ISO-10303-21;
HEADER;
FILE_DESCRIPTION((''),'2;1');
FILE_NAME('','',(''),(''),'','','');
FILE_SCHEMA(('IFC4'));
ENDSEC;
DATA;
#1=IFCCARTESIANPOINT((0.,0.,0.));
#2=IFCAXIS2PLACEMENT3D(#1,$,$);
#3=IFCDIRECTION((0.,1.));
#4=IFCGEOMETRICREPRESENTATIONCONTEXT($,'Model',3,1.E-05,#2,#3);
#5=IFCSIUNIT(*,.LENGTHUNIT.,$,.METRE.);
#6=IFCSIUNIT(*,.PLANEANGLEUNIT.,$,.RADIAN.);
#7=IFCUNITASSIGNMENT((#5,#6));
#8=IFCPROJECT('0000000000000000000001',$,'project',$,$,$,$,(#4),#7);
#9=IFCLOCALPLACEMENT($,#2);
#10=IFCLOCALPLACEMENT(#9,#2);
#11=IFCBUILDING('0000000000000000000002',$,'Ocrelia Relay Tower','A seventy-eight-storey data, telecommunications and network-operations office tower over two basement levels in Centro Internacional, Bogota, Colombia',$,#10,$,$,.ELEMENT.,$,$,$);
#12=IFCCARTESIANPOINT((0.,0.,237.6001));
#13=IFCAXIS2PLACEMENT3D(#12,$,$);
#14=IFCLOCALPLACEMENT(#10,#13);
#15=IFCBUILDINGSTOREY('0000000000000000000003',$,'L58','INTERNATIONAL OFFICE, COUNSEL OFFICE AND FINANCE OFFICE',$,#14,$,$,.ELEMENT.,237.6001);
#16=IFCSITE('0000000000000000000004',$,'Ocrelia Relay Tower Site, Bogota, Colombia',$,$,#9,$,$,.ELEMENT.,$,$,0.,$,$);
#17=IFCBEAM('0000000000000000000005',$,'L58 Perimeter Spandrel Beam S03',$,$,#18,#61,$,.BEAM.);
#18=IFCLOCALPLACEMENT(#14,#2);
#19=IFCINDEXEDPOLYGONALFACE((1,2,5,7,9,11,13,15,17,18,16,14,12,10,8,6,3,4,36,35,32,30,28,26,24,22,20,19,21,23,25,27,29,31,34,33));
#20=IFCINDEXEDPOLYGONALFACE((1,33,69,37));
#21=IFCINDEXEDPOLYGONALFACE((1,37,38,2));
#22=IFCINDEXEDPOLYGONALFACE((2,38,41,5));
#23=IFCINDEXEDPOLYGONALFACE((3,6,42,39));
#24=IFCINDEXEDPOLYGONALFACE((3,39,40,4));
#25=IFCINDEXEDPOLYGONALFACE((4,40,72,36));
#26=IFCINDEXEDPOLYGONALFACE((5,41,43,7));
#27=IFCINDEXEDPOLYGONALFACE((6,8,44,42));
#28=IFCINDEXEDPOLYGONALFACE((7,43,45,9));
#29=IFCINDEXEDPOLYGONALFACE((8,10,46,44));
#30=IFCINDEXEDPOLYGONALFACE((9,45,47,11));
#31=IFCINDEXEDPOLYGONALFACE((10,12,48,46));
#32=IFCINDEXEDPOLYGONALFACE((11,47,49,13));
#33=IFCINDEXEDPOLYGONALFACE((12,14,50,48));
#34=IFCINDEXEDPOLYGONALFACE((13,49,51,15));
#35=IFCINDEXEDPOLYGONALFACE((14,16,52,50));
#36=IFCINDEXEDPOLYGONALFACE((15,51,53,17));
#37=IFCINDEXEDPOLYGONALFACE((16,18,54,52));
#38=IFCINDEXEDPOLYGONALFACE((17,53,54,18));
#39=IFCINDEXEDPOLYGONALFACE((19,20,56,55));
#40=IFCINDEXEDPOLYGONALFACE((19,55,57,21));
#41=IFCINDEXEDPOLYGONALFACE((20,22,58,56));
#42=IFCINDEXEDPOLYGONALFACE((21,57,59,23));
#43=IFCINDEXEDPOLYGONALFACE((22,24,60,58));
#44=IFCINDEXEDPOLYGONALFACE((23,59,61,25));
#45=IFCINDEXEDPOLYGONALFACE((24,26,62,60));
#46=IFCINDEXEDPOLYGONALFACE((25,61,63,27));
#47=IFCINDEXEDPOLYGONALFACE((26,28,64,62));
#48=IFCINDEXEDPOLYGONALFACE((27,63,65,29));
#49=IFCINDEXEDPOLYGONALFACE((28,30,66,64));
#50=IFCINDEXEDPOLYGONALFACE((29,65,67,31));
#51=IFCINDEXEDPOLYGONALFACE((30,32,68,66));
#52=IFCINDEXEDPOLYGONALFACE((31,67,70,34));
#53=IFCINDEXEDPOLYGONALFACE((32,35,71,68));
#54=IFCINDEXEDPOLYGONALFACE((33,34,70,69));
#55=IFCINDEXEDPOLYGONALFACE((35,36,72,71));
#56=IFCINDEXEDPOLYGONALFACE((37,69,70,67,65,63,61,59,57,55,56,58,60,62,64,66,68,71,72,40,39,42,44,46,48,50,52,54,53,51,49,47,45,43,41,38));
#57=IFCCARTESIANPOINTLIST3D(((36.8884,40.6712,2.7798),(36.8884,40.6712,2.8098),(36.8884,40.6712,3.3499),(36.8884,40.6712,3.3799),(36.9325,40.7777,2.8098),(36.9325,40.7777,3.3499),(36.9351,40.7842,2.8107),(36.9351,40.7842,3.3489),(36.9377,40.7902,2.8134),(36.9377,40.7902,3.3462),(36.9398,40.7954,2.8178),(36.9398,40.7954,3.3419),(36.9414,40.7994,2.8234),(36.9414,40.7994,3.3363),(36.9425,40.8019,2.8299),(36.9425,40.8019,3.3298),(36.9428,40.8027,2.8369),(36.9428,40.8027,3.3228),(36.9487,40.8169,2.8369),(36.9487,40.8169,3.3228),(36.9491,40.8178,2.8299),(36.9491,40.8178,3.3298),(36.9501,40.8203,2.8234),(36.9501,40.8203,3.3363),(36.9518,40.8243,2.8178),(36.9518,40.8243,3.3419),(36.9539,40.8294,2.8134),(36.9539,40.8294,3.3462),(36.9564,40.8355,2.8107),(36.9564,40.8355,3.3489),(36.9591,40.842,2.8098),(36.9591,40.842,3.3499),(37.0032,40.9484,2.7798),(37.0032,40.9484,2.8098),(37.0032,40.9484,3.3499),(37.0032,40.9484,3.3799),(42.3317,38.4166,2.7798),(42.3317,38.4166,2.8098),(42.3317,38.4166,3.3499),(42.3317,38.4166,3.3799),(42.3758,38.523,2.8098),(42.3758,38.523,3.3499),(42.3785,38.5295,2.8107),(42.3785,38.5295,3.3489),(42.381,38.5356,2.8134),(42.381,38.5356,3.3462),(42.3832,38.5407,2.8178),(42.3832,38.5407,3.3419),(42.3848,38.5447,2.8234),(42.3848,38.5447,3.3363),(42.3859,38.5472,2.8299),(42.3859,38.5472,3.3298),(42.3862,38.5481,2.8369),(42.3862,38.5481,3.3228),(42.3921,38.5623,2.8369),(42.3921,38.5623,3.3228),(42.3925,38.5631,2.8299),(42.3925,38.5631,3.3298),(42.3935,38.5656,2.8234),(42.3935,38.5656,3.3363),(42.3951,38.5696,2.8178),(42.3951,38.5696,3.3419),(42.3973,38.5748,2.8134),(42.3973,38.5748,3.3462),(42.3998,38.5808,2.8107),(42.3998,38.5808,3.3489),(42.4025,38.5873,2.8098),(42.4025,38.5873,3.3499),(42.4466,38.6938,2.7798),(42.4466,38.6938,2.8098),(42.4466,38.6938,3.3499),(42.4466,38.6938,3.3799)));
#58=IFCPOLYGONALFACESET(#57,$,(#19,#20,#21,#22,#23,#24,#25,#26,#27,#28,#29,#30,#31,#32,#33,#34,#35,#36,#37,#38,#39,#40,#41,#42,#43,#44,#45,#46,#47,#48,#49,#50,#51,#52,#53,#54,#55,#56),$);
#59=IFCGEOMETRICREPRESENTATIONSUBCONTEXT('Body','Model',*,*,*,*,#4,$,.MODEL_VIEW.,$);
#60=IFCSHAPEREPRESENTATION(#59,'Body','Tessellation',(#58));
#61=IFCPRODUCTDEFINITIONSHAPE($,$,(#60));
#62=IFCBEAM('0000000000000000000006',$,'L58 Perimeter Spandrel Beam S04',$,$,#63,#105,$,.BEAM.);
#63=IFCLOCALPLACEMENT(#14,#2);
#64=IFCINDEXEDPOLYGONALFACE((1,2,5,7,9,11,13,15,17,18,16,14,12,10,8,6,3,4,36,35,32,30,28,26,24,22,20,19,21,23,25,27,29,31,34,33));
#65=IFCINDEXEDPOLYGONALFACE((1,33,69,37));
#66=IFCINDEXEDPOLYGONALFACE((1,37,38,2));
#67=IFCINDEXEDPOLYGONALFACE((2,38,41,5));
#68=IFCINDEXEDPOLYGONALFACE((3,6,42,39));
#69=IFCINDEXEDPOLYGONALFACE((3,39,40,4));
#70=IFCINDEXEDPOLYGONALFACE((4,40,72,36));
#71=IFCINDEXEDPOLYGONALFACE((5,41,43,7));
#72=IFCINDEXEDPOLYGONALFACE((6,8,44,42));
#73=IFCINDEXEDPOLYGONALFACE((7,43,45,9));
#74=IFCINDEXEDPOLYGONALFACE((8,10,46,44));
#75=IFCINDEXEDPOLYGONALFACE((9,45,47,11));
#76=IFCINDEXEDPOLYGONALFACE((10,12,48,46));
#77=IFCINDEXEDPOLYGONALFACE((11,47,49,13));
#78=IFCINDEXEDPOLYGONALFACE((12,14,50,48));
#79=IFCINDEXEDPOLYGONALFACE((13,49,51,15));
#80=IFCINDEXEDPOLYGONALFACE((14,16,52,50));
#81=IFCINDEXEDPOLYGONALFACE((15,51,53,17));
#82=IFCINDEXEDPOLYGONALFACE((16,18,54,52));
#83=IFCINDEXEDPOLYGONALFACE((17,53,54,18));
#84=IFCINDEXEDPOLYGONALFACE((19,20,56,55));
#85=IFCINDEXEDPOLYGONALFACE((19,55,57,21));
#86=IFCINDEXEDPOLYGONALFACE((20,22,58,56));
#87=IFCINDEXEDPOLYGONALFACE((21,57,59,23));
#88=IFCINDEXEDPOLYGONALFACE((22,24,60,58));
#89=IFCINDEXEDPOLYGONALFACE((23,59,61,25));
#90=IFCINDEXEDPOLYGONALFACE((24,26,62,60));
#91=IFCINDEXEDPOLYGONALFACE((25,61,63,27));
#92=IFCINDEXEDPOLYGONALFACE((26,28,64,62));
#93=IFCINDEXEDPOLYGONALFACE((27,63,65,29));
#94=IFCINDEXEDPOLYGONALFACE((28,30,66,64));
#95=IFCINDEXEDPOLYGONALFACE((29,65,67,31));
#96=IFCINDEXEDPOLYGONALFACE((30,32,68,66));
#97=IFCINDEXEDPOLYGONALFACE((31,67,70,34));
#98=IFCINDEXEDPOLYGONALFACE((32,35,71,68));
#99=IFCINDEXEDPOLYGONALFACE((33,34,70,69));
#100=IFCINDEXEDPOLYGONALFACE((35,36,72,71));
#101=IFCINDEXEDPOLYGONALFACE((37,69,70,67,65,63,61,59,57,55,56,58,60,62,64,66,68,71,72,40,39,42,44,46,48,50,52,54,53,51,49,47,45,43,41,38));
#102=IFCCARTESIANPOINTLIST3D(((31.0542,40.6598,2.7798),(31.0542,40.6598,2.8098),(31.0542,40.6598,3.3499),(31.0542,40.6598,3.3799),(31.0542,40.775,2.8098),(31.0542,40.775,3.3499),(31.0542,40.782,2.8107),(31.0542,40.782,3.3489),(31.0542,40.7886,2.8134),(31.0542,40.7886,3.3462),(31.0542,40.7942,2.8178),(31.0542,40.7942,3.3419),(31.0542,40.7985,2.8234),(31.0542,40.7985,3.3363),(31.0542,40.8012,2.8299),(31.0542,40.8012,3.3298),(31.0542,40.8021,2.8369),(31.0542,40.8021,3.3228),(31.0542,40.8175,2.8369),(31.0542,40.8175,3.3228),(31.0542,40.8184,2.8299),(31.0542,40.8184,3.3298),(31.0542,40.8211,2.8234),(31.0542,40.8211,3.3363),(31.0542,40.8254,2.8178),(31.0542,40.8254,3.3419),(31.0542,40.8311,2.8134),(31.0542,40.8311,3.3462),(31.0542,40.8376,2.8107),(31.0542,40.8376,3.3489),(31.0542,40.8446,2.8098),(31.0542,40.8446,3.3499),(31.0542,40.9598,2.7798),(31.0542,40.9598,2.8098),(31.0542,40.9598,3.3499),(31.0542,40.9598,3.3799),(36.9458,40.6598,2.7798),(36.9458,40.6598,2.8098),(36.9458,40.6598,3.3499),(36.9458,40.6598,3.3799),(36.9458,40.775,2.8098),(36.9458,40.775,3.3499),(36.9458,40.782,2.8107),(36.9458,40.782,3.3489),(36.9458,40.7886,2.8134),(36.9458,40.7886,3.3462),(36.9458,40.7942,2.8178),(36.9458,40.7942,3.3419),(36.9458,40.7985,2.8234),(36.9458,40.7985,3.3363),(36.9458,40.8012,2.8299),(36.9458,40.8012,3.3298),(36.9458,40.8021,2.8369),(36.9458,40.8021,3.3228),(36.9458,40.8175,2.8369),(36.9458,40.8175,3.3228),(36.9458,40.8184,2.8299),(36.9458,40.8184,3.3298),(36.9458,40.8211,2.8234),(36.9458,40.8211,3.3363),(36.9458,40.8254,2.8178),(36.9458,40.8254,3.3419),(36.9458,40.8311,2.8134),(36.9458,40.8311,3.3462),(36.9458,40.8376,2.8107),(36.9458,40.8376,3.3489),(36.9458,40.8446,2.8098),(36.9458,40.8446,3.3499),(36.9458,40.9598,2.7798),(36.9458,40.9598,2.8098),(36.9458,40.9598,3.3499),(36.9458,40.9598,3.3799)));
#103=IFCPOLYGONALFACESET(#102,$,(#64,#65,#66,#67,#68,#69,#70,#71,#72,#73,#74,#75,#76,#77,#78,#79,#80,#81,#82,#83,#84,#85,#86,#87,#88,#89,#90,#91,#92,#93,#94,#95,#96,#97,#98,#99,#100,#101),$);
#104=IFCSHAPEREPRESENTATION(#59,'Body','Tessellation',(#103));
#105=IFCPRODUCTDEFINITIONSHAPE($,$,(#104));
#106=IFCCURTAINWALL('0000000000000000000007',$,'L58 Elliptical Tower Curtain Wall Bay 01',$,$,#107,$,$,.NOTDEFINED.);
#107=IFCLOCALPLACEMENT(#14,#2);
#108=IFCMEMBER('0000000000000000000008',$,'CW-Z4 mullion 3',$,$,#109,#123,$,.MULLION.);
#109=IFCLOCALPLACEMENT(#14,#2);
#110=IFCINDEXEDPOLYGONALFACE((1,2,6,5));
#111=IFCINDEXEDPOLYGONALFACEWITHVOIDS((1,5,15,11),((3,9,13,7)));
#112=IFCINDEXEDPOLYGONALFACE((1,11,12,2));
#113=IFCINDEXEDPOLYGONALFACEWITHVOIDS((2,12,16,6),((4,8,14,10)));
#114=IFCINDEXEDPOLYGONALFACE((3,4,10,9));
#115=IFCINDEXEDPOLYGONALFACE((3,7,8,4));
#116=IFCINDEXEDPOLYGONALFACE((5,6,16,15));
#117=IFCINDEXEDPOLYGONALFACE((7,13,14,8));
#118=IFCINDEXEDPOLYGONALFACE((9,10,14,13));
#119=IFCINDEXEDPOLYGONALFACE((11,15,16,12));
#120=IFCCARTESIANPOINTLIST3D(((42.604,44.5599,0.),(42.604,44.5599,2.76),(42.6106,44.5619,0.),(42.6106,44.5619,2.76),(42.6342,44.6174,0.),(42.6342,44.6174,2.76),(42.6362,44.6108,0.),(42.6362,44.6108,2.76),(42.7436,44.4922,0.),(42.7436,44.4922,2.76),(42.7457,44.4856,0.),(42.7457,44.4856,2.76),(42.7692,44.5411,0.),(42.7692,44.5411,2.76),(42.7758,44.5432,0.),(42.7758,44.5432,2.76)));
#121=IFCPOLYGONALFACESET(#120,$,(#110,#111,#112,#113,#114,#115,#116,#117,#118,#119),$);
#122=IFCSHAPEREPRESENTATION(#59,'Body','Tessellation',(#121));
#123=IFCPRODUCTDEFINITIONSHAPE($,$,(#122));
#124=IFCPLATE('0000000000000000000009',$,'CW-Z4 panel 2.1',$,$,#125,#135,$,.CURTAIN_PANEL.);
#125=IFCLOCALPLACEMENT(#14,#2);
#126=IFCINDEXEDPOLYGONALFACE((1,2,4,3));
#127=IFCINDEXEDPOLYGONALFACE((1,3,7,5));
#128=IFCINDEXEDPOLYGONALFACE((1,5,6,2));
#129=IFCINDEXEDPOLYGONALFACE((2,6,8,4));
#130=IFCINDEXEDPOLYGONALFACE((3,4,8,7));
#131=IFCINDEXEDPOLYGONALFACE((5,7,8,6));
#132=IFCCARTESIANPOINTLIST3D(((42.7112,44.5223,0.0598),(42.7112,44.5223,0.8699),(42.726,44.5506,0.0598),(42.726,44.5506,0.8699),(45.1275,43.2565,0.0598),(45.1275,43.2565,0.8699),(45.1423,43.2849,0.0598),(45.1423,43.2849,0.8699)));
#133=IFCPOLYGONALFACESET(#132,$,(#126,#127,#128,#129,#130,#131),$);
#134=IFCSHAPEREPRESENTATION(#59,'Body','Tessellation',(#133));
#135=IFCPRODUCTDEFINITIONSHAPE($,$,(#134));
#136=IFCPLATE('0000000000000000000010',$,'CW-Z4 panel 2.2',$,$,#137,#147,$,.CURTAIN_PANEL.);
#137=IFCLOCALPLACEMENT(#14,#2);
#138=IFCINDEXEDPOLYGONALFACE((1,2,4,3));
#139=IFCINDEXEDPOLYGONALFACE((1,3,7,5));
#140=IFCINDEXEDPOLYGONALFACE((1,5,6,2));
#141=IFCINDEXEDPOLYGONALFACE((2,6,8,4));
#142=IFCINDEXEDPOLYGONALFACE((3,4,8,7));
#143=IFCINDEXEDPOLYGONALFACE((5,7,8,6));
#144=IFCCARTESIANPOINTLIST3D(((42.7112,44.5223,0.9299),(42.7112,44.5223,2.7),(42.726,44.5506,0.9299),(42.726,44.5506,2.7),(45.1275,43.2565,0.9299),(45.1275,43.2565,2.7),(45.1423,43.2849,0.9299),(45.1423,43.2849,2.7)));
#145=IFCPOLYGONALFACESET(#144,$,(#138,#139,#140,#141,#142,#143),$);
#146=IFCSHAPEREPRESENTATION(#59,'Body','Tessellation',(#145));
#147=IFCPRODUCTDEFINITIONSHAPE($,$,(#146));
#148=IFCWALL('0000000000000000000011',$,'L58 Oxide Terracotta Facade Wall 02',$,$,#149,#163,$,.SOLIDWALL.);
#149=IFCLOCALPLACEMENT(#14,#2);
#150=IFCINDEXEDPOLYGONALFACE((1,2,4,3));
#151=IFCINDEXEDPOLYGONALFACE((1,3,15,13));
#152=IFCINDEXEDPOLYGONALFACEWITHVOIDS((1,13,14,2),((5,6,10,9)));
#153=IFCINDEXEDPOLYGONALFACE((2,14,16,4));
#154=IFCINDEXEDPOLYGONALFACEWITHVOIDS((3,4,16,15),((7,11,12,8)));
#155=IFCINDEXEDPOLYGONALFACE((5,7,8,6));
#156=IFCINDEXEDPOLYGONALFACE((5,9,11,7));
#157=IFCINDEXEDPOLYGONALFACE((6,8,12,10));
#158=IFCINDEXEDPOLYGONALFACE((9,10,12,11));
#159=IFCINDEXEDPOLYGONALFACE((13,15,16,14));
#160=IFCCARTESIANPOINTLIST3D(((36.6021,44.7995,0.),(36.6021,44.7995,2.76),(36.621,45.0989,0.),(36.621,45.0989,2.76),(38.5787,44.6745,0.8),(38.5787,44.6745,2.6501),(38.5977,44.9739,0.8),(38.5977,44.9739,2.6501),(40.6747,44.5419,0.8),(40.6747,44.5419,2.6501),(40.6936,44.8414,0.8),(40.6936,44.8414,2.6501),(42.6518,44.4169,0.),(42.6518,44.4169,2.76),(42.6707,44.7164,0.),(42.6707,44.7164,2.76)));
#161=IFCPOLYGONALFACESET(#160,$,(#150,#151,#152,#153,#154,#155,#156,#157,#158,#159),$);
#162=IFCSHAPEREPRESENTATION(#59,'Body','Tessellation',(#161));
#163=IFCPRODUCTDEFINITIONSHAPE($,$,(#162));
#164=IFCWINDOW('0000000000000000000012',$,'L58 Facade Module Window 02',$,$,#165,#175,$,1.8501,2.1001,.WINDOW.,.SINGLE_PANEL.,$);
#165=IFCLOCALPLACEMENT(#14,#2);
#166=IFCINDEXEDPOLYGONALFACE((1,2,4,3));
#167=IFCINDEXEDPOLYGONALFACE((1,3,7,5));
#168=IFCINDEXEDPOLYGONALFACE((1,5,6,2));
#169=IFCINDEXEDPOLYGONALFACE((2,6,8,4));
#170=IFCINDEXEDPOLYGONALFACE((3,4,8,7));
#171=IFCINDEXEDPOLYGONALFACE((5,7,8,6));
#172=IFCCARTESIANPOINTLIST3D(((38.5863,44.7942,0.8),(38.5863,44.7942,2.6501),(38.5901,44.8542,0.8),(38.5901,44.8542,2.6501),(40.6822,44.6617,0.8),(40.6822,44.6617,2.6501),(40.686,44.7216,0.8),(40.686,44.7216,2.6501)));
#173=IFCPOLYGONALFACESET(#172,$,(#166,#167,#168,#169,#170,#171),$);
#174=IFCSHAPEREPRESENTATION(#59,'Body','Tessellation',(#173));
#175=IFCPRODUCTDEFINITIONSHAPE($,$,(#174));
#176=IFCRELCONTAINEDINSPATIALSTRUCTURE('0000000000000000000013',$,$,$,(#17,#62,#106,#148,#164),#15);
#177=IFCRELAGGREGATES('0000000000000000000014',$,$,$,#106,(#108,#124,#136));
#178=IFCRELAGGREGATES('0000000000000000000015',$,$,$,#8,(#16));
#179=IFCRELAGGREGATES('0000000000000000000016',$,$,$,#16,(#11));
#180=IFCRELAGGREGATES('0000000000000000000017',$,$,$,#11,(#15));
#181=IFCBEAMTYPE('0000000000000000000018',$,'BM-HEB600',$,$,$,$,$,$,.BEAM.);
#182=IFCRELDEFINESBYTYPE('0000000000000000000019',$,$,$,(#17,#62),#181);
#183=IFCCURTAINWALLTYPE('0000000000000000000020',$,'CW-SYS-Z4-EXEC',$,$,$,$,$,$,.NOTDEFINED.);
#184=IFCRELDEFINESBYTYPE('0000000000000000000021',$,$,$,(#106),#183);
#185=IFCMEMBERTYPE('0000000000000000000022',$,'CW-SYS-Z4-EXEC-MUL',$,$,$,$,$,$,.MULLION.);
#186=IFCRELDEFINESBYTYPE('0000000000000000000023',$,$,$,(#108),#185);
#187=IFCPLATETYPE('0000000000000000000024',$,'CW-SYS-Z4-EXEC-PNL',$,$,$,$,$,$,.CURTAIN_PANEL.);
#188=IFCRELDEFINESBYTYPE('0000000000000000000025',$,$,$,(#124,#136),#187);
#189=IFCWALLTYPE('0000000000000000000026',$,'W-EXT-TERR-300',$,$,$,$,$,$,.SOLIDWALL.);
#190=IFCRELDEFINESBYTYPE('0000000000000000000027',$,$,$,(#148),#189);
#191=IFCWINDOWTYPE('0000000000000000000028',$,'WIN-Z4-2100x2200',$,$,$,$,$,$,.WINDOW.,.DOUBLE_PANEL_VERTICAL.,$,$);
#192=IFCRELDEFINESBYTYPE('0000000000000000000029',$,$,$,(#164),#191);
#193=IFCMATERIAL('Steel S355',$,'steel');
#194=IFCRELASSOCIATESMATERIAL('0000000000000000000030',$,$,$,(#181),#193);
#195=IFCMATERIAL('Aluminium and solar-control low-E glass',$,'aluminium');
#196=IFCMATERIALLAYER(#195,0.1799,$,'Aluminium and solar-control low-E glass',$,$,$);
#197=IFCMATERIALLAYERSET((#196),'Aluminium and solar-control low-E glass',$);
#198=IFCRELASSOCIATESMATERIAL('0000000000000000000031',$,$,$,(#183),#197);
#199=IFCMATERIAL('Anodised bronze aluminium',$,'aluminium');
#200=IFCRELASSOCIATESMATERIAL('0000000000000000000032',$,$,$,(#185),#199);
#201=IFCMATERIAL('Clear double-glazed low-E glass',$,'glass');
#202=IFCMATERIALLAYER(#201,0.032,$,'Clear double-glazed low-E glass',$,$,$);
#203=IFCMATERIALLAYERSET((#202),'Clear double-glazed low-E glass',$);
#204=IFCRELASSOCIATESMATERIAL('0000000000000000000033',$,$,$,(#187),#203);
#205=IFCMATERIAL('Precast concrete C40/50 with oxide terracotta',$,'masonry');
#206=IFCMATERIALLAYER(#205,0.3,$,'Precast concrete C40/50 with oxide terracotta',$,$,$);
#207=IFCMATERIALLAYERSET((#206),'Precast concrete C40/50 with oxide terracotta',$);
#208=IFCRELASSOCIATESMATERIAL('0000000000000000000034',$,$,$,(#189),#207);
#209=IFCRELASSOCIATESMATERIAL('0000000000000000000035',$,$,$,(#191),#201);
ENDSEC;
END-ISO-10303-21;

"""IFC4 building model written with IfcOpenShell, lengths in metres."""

from ifc_helpers import new_model, si_unit, direction, frame, frame_2d, origin, origin_2d, place, context, subcontext, project, spatial, rectangle, hollow_rectangle, i_section, extrude, material, layer, layer_set, material_profile, profile_set, type_object, element, fill, aggregate, save


model = new_model("IFC4")

# Units and contexts
model_context = context("Model", 3, precision=1e-05, world=origin(), true_north=direction((0.0, 1.0)))
body_context = subcontext(model_context, "Body", "Model", "MODEL_VIEW")
ifc_project = project(units=[si_unit("LENGTHUNIT", "METRE"), si_unit("PLANEANGLEUNIT", "RADIAN")], contexts=[model_context])

# Site, building, storey
site_placement = place(None, origin())
site = spatial("IfcSite", under=ifc_project, at=site_placement, Name="Ocrelia Relay Tower Site, Bogota, Colombia", CompositionType="ELEMENT", RefElevation=0.0)
building_placement = place(site_placement, origin())
building = spatial("IfcBuilding", under=site, at=building_placement, Name="Ocrelia Relay Tower", Description="A seventy-eight-storey data, telecommunications and network-operations office tower over two basement levels in Centro Internacional, Bogota, Colombia", CompositionType="ELEMENT")
storey_placement = place(building_placement, frame((0.0, 0.0, 237.6001)))
storey = spatial("IfcBuildingStorey", under=building, at=storey_placement, Name="L58", Description="INTERNATIONAL OFFICE, COUNSEL OFFICE AND FINANCE OFFICE", CompositionType="ELEMENT", Elevation=237.6001)

# Beams
ifc_material_1 = material(Name="Steel S355", Category="steel")
ifc_material_profile_1 = material_profile(ifc_material_1, i_section(OverallWidth=0.3, OverallDepth=0.6001, WebThickness=0.0154, FlangeThickness=0.03, FilletRadius=0.0271, at=origin_2d()), Name="HEB 600")
ifc_profile_set_1 = profile_set([ifc_material_profile_1], Name="Steel S355")
beam_type_1 = type_object("IfcBeamType", Name="BM-HEB600", PredefinedType="BEAM", material=ifc_profile_set_1)
beam_1_placement = place(storey_placement, frame((42.3892, 38.5552, 3.0798), z_axis=(-0.923884, 0.382673, 0.0), x_axis=(-0.382673, -0.923884, 0.0)))
element("IfcBeam", 1, at=beam_1_placement, inside=storey, type_object=beam_type_1, Name="L58 Perimeter Spandrel Beam S03", PredefinedType="BEAM", context=body_context, shape_type="SweptSolid", body=[
    extrude(i_section(OverallWidth=0.3, OverallDepth=0.6001, WebThickness=0.0154, FlangeThickness=0.03, FilletRadius=0.0271, at=origin_2d()), origin(), (0.0, 0.0, 1.0), 5.8918),
])
beam_2_placement = place(storey_placement, frame((36.9458, 40.8098, 3.0798), z_axis=(-1.0, 0.0, 0.0), x_axis=(0.0, -1.0, 0.0)))
element("IfcBeam", 2, at=beam_2_placement, inside=storey, type_object=beam_type_1, Name="L58 Perimeter Spandrel Beam S04", PredefinedType="BEAM", context=body_context, shape_type="SweptSolid", body=[
    extrude(i_section(OverallWidth=0.3, OverallDepth=0.6001, WebThickness=0.0154, FlangeThickness=0.03, FilletRadius=0.0271, at=origin_2d()), origin(), (0.0, 0.0, 1.0), 5.8916),
])

# Curtain wall, member, plates
ifc_material_2 = material(Name="Aluminium and solar-control low-E glass", Category="aluminium")
ifc_layer_1 = layer(ifc_material_2, 0.1799, Name="Aluminium and solar-control low-E glass")
ifc_layer_set_1 = layer_set([ifc_layer_1], Name="Aluminium and solar-control low-E glass")
curtain_wall_type = type_object("IfcCurtainWallType", Name="CW-SYS-Z4-EXEC", PredefinedType="NOTDEFINED", material=ifc_layer_set_1)
curtain_wall_placement = place(storey_placement, origin())
curtain_wall = element("IfcCurtainWall", 3, at=curtain_wall_placement, inside=storey, type_object=curtain_wall_type, Name="L58 Elliptical Tower Curtain Wall Bay 01", PredefinedType="NOTDEFINED")
ifc_material_3 = material(Name="Anodised bronze aluminium", Category="aluminium")
ifc_material_profile_2 = material_profile(ifc_material_3, hollow_rectangle(XDim=0.0649, YDim=0.1599, WallThickness=0.0049, at=origin_2d()), Name="CW-MUL-160x65")
ifc_profile_set_2 = profile_set([ifc_material_profile_2], Name="Anodised bronze aluminium")
member_type = type_object("IfcMemberType", Name="CW-SYS-Z4-EXEC-MUL", PredefinedType="MULLION", material=ifc_profile_set_2)
member_placement = place(storey_placement, frame((42.6899, 44.5515, 0.0), z_axis=(0.0, 0.0, 1.0), x_axis=(-0.464025, -0.885822, 0.0)))
member = element("IfcMember", 4, at=member_placement, type_object=member_type, Name="CW-Z4 mullion 3", PredefinedType="MULLION", context=body_context, shape_type="SweptSolid", body=[
    extrude(hollow_rectangle(XDim=0.0649, YDim=0.1599, WallThickness=0.0049, at=origin_2d()), origin(), (0.0, 0.0, 1.0), 2.76),
])
ifc_material_4 = material(Name="Clear double-glazed low-E glass", Category="glass")
ifc_layer_2 = layer(ifc_material_4, 0.032, Name="Clear double-glazed low-E glass")
ifc_layer_set_2 = layer_set([ifc_layer_2], Name="Clear double-glazed low-E glass")
plate_type = type_object("IfcPlateType", Name="CW-SYS-Z4-EXEC-PNL", PredefinedType="CURTAIN_PANEL", material=ifc_layer_set_2)
plate_1_placement = place(storey_placement, frame((43.9268, 43.9036, 0.0598), z_axis=(0.0, 0.0, 1.0), x_axis=(-0.885822, 0.464025, 0.0)))
plate_1 = element("IfcPlate", 5, at=plate_1_placement, type_object=plate_type, Name="CW-Z4 panel 2.1", PredefinedType="CURTAIN_PANEL", context=body_context, shape_type="SweptSolid", body=[
    extrude(rectangle(XDim=2.7278, YDim=0.032, at=origin_2d()), origin(), (0.0, 0.0, 1.0), 0.8101),
])
plate_2_placement = place(storey_placement, frame((43.9268, 43.9036, 0.9299), z_axis=(0.0, 0.0, 1.0), x_axis=(-0.885822, 0.464025, 0.0)))
plate_2 = element("IfcPlate", 6, at=plate_2_placement, type_object=plate_type, Name="CW-Z4 panel 2.2", PredefinedType="CURTAIN_PANEL", context=body_context, shape_type="SweptSolid", body=[
    extrude(rectangle(XDim=2.7278, YDim=0.032, at=origin_2d()), origin(), (0.0, 0.0, 1.0), 1.77),
])
aggregate(curtain_wall, [member, plate_1, plate_2])

# Wall, opening, window
ifc_material_5 = material(Name="Precast concrete C40/50 with oxide terracotta", Category="masonry")
ifc_layer_3 = layer(ifc_material_5, 0.3, Name="Precast concrete C40/50 with oxide terracotta")
ifc_layer_set_3 = layer_set([ifc_layer_3], Name="Precast concrete C40/50 with oxide terracotta")
wall_type_1 = type_object("IfcWallType", Name="W-EXT-TERR-300", PredefinedType="SOLIDWALL", material=ifc_layer_set_3)
wall_1_placement = place(storey_placement, frame((42.6611, 44.5667, 0.0), z_axis=(0.0, 0.0, 1.0), x_axis=(-0.998007, 0.06311, 0.0)))
wall_1 = element("IfcWall", 7, at=wall_1_placement, inside=storey, type_object=wall_type_1, Name="L58 Oxide Terracotta Facade Wall 02", PredefinedType="SOLIDWALL", context=body_context, shape_type="SweptSolid", body=[
    extrude(rectangle(XDim=6.0618, YDim=0.3, at=frame_2d((3.0308, 0.0))), origin(), (0.0, 0.0, 1.0), 2.76),
])
opening_1_placement = place(wall_1_placement, frame((1.981, 0.0, 0.8)))
opening_1 = element("IfcOpeningElement", 8, at=opening_1_placement, cuts=wall_1, PredefinedType="OPENING", context=body_context, shape_type="SweptSolid", body=[
    extrude(rectangle(XDim=2.1001, YDim=1.8501, at=frame_2d((1.05, 0.925))), frame((0.0, 0.1602, 0.0), z_axis=(0.0, -1.0, 0.0), x_axis=(1.0, 0.0, 0.0)), (0.0, 0.0, 1.0), 0.3201),
])
window_type = type_object("IfcWindowType", Name="WIN-Z4-2100x2200", PartitioningType="DOUBLE_PANEL_VERTICAL", PredefinedType="WINDOW", material=ifc_material_4)
window_1_placement = place(opening_1_placement, origin())
window_1 = element("IfcWindow", 9, at=window_1_placement, inside=storey, type_object=window_type, Name="L58 Facade Module Window 02", OverallHeight=1.8501, OverallWidth=2.1001, PartitioningType="SINGLE_PANEL", PredefinedType="WINDOW", context=body_context, shape_type="SweptSolid", body=[
    extrude(rectangle(XDim=2.1001, YDim=1.8501, at=frame_2d((1.05, 0.925))), frame((0.0, 0.03, 0.0), z_axis=(0.0, -1.0, 0.0), x_axis=(1.0, 0.0, 0.0)), (0.0, 0.0, 1.0), 0.0601),
])
fill(opening_1, window_1)

save(model, "model.ifc")
